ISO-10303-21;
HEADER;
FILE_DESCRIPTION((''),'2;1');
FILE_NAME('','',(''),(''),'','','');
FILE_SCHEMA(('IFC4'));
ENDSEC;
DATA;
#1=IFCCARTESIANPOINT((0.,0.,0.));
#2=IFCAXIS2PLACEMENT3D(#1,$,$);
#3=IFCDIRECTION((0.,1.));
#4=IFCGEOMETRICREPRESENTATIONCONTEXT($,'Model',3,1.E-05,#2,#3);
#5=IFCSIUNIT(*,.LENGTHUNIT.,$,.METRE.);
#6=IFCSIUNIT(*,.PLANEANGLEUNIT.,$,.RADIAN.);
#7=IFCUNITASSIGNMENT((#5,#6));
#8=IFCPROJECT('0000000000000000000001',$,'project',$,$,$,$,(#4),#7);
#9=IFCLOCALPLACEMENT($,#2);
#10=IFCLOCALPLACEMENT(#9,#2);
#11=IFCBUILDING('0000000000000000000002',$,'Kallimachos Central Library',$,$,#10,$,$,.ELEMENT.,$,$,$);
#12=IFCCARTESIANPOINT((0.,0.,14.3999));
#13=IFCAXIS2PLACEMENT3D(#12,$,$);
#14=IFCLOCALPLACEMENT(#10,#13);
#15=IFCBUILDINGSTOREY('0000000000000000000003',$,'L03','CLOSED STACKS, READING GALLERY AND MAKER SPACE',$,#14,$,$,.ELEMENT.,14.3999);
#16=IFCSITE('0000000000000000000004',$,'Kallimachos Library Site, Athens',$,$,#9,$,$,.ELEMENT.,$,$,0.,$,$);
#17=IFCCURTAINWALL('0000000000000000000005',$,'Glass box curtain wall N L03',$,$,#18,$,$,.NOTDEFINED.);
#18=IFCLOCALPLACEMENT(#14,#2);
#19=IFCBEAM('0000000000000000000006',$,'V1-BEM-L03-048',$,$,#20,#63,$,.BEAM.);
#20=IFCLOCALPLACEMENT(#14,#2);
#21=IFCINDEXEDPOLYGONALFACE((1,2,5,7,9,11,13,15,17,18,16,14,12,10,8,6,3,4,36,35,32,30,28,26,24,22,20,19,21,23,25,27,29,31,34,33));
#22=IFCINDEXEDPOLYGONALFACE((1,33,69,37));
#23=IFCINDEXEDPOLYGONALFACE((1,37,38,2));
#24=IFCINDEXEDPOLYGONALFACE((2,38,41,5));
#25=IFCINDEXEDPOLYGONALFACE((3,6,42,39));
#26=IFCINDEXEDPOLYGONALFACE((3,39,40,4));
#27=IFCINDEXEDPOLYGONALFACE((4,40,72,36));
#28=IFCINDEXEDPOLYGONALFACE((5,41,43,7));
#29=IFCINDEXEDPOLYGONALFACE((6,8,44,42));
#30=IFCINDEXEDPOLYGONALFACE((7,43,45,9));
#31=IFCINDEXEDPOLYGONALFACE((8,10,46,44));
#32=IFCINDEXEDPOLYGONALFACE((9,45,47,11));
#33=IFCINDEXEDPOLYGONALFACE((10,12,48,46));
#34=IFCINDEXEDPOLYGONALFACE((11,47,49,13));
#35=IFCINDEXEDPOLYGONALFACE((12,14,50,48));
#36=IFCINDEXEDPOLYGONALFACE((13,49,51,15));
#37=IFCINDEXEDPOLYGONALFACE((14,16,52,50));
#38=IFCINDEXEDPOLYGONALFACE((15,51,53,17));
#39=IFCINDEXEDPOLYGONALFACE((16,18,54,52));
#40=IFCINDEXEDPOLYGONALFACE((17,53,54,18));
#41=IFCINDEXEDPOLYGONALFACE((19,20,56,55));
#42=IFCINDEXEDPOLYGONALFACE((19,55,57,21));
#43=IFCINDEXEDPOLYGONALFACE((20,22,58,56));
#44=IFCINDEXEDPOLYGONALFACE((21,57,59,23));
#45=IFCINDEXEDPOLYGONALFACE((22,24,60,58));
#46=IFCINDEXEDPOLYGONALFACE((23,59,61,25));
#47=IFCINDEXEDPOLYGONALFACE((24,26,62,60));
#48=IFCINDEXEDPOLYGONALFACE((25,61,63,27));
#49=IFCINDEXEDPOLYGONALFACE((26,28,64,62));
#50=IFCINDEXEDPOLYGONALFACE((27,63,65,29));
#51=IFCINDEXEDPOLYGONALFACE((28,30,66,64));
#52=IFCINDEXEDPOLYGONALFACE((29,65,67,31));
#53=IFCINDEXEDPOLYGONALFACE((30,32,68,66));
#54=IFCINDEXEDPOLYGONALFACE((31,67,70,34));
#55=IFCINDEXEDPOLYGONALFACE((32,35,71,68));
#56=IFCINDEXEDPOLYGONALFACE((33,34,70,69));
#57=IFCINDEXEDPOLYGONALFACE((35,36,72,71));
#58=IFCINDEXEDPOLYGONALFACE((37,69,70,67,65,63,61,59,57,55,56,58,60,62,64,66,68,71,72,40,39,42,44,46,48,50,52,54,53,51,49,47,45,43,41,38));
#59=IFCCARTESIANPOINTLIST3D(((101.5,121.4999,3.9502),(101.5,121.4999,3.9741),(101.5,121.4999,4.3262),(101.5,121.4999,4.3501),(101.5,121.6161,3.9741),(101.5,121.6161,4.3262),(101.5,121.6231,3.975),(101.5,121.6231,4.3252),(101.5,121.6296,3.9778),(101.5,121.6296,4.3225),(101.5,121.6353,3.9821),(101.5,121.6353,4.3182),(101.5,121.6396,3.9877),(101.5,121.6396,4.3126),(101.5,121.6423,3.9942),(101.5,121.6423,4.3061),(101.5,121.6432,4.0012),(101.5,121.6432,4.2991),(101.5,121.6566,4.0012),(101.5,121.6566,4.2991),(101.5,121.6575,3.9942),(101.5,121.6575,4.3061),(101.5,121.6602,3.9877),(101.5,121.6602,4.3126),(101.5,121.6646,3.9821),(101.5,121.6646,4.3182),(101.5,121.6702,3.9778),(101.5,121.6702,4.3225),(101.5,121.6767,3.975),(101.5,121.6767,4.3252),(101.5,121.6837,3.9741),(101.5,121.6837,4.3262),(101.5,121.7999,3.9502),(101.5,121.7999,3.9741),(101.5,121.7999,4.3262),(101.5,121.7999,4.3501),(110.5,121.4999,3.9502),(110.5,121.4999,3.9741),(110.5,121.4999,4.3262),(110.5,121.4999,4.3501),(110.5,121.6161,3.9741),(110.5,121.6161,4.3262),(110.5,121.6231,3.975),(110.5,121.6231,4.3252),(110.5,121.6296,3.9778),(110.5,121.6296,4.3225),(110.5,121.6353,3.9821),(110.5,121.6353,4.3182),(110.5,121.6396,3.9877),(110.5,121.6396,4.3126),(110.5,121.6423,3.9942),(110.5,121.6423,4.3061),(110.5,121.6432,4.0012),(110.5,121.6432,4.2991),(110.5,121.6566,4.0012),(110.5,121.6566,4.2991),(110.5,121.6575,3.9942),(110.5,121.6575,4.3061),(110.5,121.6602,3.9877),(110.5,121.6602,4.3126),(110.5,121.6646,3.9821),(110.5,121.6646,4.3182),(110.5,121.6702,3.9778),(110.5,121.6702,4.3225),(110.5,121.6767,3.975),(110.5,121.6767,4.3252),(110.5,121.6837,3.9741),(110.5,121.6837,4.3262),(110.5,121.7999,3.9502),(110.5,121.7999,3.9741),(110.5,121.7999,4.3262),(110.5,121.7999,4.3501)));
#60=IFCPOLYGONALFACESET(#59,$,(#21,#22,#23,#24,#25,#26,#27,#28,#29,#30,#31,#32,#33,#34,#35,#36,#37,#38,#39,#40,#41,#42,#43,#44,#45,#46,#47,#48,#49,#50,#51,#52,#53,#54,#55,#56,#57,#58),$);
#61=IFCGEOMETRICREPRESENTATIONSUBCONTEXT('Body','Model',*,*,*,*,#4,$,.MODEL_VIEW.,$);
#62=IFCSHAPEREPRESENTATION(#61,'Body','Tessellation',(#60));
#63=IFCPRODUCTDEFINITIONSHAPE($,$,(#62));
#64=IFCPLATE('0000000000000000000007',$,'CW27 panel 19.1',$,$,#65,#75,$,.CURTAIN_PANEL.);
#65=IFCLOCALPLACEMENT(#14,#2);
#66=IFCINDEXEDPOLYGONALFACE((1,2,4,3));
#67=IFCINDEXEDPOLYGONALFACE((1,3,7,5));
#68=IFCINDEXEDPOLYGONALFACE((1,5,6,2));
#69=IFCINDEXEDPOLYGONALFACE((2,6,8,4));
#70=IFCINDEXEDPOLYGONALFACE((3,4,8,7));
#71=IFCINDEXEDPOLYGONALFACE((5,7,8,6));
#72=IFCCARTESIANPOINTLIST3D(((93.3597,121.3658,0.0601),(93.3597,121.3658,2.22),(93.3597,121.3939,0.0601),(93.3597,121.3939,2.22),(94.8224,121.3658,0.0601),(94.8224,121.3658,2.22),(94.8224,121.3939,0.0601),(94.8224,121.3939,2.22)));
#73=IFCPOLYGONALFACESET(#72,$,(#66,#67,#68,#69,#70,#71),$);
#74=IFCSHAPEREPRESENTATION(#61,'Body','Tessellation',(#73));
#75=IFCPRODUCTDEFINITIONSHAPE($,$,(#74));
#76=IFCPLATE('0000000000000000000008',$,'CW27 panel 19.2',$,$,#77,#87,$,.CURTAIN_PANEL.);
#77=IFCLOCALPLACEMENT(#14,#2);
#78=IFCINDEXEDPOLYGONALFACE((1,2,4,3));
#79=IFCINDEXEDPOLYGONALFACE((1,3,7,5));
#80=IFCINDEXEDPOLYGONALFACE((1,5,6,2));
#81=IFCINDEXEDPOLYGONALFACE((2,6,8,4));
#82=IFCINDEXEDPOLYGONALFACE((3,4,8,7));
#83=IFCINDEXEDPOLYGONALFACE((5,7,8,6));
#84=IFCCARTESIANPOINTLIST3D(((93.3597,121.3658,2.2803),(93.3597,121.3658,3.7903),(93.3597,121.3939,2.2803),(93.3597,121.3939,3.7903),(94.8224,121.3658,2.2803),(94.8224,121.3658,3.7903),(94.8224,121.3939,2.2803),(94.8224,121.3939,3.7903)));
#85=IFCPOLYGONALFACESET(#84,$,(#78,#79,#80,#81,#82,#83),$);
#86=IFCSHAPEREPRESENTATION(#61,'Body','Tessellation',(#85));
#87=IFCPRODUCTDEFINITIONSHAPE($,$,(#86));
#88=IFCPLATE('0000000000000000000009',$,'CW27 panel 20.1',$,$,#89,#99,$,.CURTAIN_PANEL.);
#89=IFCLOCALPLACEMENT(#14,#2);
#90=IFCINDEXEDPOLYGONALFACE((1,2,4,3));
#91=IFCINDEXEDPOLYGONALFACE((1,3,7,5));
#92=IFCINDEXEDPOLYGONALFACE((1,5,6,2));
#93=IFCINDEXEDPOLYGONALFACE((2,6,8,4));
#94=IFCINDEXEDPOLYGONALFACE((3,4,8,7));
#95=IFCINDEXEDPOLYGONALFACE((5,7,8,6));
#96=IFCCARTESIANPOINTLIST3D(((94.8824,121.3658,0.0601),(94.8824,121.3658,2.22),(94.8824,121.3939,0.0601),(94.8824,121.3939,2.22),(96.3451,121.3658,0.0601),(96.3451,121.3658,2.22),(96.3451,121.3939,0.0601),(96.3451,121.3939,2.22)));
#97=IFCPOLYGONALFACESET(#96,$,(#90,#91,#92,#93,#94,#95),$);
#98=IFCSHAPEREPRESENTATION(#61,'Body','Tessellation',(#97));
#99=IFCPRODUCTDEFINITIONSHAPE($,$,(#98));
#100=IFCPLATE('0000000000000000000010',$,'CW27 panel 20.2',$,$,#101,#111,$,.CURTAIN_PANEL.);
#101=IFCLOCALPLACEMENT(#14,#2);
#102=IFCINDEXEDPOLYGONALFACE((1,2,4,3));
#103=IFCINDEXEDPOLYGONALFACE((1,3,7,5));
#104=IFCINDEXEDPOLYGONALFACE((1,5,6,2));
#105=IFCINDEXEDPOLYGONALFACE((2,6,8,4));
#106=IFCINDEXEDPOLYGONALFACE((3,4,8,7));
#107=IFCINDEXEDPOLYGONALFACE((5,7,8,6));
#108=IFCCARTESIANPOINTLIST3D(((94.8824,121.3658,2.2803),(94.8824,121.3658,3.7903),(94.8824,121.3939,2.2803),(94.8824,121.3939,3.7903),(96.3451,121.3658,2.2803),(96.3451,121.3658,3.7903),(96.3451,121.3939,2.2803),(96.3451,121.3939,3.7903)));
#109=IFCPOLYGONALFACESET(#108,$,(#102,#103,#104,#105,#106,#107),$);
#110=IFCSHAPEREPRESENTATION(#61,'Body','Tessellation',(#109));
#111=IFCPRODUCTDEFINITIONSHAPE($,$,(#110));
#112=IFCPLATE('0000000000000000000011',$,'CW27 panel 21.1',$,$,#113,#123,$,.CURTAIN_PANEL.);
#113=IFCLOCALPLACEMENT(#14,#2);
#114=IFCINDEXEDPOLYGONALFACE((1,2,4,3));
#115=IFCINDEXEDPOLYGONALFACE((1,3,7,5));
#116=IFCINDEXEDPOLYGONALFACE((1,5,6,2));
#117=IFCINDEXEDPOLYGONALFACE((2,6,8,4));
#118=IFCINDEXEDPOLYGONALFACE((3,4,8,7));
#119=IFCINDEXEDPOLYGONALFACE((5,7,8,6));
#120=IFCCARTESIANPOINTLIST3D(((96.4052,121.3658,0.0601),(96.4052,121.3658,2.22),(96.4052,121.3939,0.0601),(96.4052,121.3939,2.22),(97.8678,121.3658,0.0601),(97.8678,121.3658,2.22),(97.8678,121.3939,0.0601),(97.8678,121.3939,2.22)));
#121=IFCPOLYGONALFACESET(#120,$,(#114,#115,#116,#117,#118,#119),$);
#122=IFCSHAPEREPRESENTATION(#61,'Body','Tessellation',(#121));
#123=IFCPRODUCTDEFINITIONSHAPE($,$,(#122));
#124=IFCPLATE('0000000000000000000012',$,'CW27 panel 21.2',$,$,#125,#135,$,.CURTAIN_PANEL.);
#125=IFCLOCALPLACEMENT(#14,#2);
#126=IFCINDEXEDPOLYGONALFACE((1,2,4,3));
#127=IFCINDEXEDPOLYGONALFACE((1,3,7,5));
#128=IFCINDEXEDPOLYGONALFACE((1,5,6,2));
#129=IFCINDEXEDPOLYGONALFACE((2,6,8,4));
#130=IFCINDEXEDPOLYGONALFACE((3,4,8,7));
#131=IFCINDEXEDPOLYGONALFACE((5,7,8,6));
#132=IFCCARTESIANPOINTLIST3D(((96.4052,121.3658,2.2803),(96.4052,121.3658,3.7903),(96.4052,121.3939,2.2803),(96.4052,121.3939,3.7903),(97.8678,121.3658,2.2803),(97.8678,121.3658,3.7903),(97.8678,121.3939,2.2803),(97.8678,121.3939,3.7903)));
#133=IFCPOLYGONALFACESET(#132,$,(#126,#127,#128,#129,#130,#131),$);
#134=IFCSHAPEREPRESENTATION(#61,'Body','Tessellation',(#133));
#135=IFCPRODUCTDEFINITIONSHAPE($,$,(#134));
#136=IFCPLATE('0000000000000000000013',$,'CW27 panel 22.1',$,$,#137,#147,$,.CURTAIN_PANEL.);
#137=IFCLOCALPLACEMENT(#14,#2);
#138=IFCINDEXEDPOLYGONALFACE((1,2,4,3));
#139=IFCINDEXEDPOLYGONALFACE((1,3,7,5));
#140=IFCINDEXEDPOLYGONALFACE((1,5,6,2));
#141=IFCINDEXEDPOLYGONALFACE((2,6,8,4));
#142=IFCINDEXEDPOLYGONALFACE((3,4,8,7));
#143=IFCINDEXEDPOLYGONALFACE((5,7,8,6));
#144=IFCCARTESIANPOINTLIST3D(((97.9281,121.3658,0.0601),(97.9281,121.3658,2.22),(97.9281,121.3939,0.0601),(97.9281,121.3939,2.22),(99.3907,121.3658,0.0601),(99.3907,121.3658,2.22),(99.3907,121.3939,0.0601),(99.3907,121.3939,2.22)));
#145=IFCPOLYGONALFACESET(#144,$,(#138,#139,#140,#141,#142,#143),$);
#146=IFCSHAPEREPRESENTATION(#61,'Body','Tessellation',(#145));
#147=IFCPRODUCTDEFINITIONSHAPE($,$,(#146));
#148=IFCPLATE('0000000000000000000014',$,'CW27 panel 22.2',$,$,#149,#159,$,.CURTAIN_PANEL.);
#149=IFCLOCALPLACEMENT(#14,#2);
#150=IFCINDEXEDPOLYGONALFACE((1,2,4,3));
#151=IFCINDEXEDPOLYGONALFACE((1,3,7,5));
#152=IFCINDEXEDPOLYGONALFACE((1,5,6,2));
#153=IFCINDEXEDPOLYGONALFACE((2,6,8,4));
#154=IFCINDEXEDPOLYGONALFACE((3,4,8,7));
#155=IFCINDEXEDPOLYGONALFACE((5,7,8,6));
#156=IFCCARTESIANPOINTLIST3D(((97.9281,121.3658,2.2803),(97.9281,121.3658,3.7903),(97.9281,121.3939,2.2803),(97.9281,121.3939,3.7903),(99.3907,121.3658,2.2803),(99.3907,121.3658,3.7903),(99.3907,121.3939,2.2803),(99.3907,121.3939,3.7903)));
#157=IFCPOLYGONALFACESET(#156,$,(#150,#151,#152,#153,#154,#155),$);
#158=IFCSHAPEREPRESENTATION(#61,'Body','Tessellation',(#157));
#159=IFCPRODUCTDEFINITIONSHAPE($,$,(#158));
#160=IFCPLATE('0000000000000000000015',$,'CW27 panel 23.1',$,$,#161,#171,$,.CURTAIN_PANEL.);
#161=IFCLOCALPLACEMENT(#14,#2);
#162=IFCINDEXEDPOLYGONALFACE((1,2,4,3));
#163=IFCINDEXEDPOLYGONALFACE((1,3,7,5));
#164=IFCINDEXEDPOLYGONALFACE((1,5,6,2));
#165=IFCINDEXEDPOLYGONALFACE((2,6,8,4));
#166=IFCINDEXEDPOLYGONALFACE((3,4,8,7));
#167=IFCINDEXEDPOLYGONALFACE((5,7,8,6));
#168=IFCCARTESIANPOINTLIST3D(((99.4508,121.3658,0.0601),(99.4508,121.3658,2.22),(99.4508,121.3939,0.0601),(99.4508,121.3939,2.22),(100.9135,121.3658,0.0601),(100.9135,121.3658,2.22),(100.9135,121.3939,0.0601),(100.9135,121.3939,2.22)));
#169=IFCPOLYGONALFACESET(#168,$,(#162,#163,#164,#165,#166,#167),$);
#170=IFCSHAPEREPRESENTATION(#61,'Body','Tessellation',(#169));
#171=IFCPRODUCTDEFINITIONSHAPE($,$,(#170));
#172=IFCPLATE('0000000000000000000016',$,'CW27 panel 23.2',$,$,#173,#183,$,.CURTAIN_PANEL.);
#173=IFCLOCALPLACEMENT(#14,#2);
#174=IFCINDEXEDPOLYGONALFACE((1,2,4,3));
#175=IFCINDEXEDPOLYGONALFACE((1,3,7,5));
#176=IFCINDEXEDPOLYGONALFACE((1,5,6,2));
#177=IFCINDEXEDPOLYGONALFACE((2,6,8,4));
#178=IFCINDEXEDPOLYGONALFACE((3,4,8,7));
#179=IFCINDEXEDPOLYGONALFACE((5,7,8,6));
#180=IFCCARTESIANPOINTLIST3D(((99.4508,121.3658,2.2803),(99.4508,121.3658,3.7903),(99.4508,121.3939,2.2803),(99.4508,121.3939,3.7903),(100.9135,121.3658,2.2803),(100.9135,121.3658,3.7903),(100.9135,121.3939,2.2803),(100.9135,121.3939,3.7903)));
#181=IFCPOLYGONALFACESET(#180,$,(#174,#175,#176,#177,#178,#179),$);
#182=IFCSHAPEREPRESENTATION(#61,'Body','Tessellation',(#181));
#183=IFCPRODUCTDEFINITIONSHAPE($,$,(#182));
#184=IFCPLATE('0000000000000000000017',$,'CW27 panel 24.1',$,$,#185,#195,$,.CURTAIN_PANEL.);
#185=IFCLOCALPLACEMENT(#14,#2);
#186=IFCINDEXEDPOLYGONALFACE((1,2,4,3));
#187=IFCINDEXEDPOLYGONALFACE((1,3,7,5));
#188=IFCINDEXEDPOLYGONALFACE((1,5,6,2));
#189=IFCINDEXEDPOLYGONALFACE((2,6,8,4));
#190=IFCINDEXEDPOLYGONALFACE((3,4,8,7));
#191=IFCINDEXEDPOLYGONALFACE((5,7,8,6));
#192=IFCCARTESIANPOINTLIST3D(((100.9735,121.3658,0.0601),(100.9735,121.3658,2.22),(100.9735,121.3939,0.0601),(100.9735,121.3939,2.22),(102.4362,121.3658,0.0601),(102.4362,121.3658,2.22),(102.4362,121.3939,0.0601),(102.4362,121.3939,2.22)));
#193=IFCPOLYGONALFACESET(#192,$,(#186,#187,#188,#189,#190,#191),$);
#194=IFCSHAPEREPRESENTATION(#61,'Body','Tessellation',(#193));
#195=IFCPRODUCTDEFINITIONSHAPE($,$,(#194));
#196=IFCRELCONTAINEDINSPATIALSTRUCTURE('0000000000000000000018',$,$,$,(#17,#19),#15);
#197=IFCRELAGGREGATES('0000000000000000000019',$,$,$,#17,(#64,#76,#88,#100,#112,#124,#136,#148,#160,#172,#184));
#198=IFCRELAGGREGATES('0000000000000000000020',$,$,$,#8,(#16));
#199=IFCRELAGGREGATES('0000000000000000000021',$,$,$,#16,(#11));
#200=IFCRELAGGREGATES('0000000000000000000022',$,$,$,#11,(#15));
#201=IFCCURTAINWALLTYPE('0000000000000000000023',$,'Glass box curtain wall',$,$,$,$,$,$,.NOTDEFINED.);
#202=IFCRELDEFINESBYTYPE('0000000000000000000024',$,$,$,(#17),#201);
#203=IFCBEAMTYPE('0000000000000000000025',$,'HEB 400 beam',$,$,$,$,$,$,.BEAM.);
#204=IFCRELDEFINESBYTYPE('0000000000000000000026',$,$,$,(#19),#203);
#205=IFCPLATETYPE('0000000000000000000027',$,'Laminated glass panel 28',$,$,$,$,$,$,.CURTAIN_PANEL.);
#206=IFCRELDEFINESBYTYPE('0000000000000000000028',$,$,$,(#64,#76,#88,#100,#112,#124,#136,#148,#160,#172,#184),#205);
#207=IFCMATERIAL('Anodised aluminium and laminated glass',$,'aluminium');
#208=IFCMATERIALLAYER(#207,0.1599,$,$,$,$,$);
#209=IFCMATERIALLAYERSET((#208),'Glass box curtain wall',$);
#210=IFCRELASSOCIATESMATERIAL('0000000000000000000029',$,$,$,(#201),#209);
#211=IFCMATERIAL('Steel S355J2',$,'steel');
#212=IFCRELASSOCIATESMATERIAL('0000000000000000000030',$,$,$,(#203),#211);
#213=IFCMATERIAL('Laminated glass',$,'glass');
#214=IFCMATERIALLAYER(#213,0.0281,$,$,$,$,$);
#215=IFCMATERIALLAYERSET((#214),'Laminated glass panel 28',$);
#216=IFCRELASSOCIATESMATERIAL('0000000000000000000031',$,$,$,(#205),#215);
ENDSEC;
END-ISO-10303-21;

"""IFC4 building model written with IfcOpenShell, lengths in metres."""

from ifc_helpers import new_model, si_unit, direction, frame, origin, origin_2d, place, context, subcontext, project, spatial, rectangle, i_section, extrude, material, layer, layer_set, material_profile, profile_set, type_object, element, aggregate, save


model = new_model("IFC4")

# Units and contexts
model_context = context("Model", 3, precision=1e-05, world=origin(), true_north=direction((0.0, 1.0)))
body_context = subcontext(model_context, "Body", "Model", "MODEL_VIEW")
ifc_project = project(units=[si_unit("LENGTHUNIT", "METRE"), si_unit("PLANEANGLEUNIT", "RADIAN")], contexts=[model_context])

# Site, building, storey
site_placement = place(None, origin())
site = spatial("IfcSite", under=ifc_project, at=site_placement, Name="Kallimachos Library Site, Athens", CompositionType="ELEMENT", RefElevation=0.0)
building_placement = place(site_placement, origin())
building = spatial("IfcBuilding", under=site, at=building_placement, Name="Kallimachos Central Library", CompositionType="ELEMENT")
storey_placement = place(building_placement, frame((0.0, 0.0, 14.3999)))
storey = spatial("IfcBuildingStorey", under=building, at=storey_placement, Name="L03", Description="CLOSED STACKS, READING GALLERY AND MAKER SPACE", CompositionType="ELEMENT", Elevation=14.3999)

# Curtain wall
ifc_material_1 = material(Name="Anodised aluminium and laminated glass", Category="aluminium")
ifc_layer_1 = layer(ifc_material_1, 0.1599)
ifc_layer_set_1 = layer_set([ifc_layer_1], Name="Glass box curtain wall")
curtain_wall_type = type_object("IfcCurtainWallType", Name="Glass box curtain wall", PredefinedType="NOTDEFINED", material=ifc_layer_set_1)
curtain_wall_placement = place(storey_placement, origin())
curtain_wall = element("IfcCurtainWall", 1, at=curtain_wall_placement, inside=storey, type_object=curtain_wall_type, Name="Glass box curtain wall N L03", PredefinedType="NOTDEFINED")

# Beam
ifc_material_2 = material(Name="Steel S355J2", Category="steel")
ifc_material_profile_1 = material_profile(ifc_material_2, i_section(OverallWidth=0.3, OverallDepth=0.3999, WebThickness=0.0134, FlangeThickness=0.0239, FilletRadius=0.0271, at=origin_2d()), Name="HEB 400")
ifc_profile_set_1 = profile_set([ifc_material_profile_1], Name="Steel S355J2")
beam_type = type_object("IfcBeamType", Name="HEB 400 beam", PredefinedType="BEAM", material=ifc_profile_set_1)
for number, where, z_axis, x_axis, name in (
    (2, (101.5, 121.6499, 4.1501), (1.0, 0.0, 0.0), (0.0, 1.0, 0.0), "V1-BEM-L03-048"),
):
    element("IfcBeam", number, at=place(storey_placement, frame(where, z_axis=z_axis, x_axis=x_axis)), inside=storey, type_object=beam_type, Name=name, PredefinedType="BEAM", context=body_context, shape_type="SweptSolid", body=[
        extrude(i_section(OverallWidth=0.3, OverallDepth=0.3999, WebThickness=0.0134, FlangeThickness=0.0239, FilletRadius=0.0271, at=origin_2d()), origin(), (0.0, 0.0, 1.0), 9.0),
    ])

# Plates
ifc_material_3 = material(Name="Laminated glass", Category="glass")
ifc_layer_2 = layer(ifc_material_3, 0.0281)
ifc_layer_set_2 = layer_set([ifc_layer_2], Name="Laminated glass panel 28")
plate_type = type_object("IfcPlateType", Name="Laminated glass panel 28", PredefinedType="CURTAIN_PANEL", material=ifc_layer_set_2)
plate_1_placement = place(storey_placement, frame((94.0911, 121.3799, 0.0601), z_axis=(0.0, 0.0, 1.0), x_axis=(1.0, 0.0, 0.0)))
plate_1 = element("IfcPlate", 3, at=plate_1_placement, type_object=plate_type, Name="CW27 panel 19.1", PredefinedType="CURTAIN_PANEL", context=body_context, shape_type="SweptSolid", body=[
    extrude(rectangle(XDim=1.4626, YDim=0.0281, at=origin_2d()), origin(), (0.0, 0.0, 1.0), 2.1599),
])
plate_2_placement = place(storey_placement, frame((94.0911, 121.3799, 2.2803), z_axis=(0.0, 0.0, 1.0), x_axis=(1.0, 0.0, 0.0)))
plate_2 = element("IfcPlate", 4, at=plate_2_placement, type_object=plate_type, Name="CW27 panel 19.2", PredefinedType="CURTAIN_PANEL", context=body_context, shape_type="SweptSolid", body=[
    extrude(rectangle(XDim=1.4626, YDim=0.0281, at=origin_2d()), origin(), (0.0, 0.0, 1.0), 1.51),
])
plate_3_placement = place(storey_placement, frame((95.6138, 121.3799, 0.0601), z_axis=(0.0, 0.0, 1.0), x_axis=(1.0, 0.0, 0.0)))
plate_3 = element("IfcPlate", 5, at=plate_3_placement, type_object=plate_type, Name="CW27 panel 20.1", PredefinedType="CURTAIN_PANEL", context=body_context, shape_type="SweptSolid", body=[
    extrude(rectangle(XDim=1.4626, YDim=0.0281, at=origin_2d()), origin(), (0.0, 0.0, 1.0), 2.1599),
])
plate_4_placement = place(storey_placement, frame((95.6138, 121.3799, 2.2803), z_axis=(0.0, 0.0, 1.0), x_axis=(1.0, 0.0, 0.0)))
plate_4 = element("IfcPlate", 6, at=plate_4_placement, type_object=plate_type, Name="CW27 panel 20.2", PredefinedType="CURTAIN_PANEL", context=body_context, shape_type="SweptSolid", body=[
    extrude(rectangle(XDim=1.4626, YDim=0.0281, at=origin_2d()), origin(), (0.0, 0.0, 1.0), 1.51),
])
plate_5_placement = place(storey_placement, frame((97.1365, 121.3799, 0.0601), z_axis=(0.0, 0.0, 1.0), x_axis=(1.0, 0.0, 0.0)))
plate_5 = element("IfcPlate", 7, at=plate_5_placement, type_object=plate_type, Name="CW27 panel 21.1", PredefinedType="CURTAIN_PANEL", context=body_context, shape_type="SweptSolid", body=[
    extrude(rectangle(XDim=1.4626, YDim=0.0281, at=origin_2d()), origin(), (0.0, 0.0, 1.0), 2.1599),
])
plate_6_placement = place(storey_placement, frame((97.1365, 121.3799, 2.2803), z_axis=(0.0, 0.0, 1.0), x_axis=(1.0, 0.0, 0.0)))
plate_6 = element("IfcPlate", 8, at=plate_6_placement, type_object=plate_type, Name="CW27 panel 21.2", PredefinedType="CURTAIN_PANEL", context=body_context, shape_type="SweptSolid", body=[
    extrude(rectangle(XDim=1.4626, YDim=0.0281, at=origin_2d()), origin(), (0.0, 0.0, 1.0), 1.51),
])
plate_7_placement = place(storey_placement, frame((98.6594, 121.3799, 0.0601), z_axis=(0.0, 0.0, 1.0), x_axis=(1.0, 0.0, 0.0)))
plate_7 = element("IfcPlate", 9, at=plate_7_placement, type_object=plate_type, Name="CW27 panel 22.1", PredefinedType="CURTAIN_PANEL", context=body_context, shape_type="SweptSolid", body=[
    extrude(rectangle(XDim=1.4626, YDim=0.0281, at=origin_2d()), origin(), (0.0, 0.0, 1.0), 2.1599),
])
plate_8_placement = place(storey_placement, frame((98.6594, 121.3799, 2.2803), z_axis=(0.0, 0.0, 1.0), x_axis=(1.0, 0.0, 0.0)))
plate_8 = element("IfcPlate", 10, at=plate_8_placement, type_object=plate_type, Name="CW27 panel 22.2", PredefinedType="CURTAIN_PANEL", context=body_context, shape_type="SweptSolid", body=[
    extrude(rectangle(XDim=1.4626, YDim=0.0281, at=origin_2d()), origin(), (0.0, 0.0, 1.0), 1.51),
])
plate_9_placement = place(storey_placement, frame((100.1821, 121.3799, 0.0601), z_axis=(0.0, 0.0, 1.0), x_axis=(1.0, 0.0, 0.0)))
plate_9 = element("IfcPlate", 11, at=plate_9_placement, type_object=plate_type, Name="CW27 panel 23.1", PredefinedType="CURTAIN_PANEL", context=body_context, shape_type="SweptSolid", body=[
    extrude(rectangle(XDim=1.4626, YDim=0.0281, at=origin_2d()), origin(), (0.0, 0.0, 1.0), 2.1599),
])
plate_10_placement = place(storey_placement, frame((100.1821, 121.3799, 2.2803), z_axis=(0.0, 0.0, 1.0), x_axis=(1.0, 0.0, 0.0)))
plate_10 = element("IfcPlate", 12, at=plate_10_placement, type_object=plate_type, Name="CW27 panel 23.2", PredefinedType="CURTAIN_PANEL", context=body_context, shape_type="SweptSolid", body=[
    extrude(rectangle(XDim=1.4626, YDim=0.0281, at=origin_2d()), origin(), (0.0, 0.0, 1.0), 1.51),
])
plate_11_placement = place(storey_placement, frame((101.7048, 121.3799, 0.0601), z_axis=(0.0, 0.0, 1.0), x_axis=(1.0, 0.0, 0.0)))
plate_11 = element("IfcPlate", 13, at=plate_11_placement, type_object=plate_type, Name="CW27 panel 24.1", PredefinedType="CURTAIN_PANEL", context=body_context, shape_type="SweptSolid", body=[
    extrude(rectangle(XDim=1.4626, YDim=0.0281, at=origin_2d()), origin(), (0.0, 0.0, 1.0), 2.1599),
])
aggregate(curtain_wall, [plate_1, plate_2, plate_3, plate_4, plate_5, plate_6, plate_7, plate_8, plate_9, plate_10, plate_11])

save(model, "model.ifc")
